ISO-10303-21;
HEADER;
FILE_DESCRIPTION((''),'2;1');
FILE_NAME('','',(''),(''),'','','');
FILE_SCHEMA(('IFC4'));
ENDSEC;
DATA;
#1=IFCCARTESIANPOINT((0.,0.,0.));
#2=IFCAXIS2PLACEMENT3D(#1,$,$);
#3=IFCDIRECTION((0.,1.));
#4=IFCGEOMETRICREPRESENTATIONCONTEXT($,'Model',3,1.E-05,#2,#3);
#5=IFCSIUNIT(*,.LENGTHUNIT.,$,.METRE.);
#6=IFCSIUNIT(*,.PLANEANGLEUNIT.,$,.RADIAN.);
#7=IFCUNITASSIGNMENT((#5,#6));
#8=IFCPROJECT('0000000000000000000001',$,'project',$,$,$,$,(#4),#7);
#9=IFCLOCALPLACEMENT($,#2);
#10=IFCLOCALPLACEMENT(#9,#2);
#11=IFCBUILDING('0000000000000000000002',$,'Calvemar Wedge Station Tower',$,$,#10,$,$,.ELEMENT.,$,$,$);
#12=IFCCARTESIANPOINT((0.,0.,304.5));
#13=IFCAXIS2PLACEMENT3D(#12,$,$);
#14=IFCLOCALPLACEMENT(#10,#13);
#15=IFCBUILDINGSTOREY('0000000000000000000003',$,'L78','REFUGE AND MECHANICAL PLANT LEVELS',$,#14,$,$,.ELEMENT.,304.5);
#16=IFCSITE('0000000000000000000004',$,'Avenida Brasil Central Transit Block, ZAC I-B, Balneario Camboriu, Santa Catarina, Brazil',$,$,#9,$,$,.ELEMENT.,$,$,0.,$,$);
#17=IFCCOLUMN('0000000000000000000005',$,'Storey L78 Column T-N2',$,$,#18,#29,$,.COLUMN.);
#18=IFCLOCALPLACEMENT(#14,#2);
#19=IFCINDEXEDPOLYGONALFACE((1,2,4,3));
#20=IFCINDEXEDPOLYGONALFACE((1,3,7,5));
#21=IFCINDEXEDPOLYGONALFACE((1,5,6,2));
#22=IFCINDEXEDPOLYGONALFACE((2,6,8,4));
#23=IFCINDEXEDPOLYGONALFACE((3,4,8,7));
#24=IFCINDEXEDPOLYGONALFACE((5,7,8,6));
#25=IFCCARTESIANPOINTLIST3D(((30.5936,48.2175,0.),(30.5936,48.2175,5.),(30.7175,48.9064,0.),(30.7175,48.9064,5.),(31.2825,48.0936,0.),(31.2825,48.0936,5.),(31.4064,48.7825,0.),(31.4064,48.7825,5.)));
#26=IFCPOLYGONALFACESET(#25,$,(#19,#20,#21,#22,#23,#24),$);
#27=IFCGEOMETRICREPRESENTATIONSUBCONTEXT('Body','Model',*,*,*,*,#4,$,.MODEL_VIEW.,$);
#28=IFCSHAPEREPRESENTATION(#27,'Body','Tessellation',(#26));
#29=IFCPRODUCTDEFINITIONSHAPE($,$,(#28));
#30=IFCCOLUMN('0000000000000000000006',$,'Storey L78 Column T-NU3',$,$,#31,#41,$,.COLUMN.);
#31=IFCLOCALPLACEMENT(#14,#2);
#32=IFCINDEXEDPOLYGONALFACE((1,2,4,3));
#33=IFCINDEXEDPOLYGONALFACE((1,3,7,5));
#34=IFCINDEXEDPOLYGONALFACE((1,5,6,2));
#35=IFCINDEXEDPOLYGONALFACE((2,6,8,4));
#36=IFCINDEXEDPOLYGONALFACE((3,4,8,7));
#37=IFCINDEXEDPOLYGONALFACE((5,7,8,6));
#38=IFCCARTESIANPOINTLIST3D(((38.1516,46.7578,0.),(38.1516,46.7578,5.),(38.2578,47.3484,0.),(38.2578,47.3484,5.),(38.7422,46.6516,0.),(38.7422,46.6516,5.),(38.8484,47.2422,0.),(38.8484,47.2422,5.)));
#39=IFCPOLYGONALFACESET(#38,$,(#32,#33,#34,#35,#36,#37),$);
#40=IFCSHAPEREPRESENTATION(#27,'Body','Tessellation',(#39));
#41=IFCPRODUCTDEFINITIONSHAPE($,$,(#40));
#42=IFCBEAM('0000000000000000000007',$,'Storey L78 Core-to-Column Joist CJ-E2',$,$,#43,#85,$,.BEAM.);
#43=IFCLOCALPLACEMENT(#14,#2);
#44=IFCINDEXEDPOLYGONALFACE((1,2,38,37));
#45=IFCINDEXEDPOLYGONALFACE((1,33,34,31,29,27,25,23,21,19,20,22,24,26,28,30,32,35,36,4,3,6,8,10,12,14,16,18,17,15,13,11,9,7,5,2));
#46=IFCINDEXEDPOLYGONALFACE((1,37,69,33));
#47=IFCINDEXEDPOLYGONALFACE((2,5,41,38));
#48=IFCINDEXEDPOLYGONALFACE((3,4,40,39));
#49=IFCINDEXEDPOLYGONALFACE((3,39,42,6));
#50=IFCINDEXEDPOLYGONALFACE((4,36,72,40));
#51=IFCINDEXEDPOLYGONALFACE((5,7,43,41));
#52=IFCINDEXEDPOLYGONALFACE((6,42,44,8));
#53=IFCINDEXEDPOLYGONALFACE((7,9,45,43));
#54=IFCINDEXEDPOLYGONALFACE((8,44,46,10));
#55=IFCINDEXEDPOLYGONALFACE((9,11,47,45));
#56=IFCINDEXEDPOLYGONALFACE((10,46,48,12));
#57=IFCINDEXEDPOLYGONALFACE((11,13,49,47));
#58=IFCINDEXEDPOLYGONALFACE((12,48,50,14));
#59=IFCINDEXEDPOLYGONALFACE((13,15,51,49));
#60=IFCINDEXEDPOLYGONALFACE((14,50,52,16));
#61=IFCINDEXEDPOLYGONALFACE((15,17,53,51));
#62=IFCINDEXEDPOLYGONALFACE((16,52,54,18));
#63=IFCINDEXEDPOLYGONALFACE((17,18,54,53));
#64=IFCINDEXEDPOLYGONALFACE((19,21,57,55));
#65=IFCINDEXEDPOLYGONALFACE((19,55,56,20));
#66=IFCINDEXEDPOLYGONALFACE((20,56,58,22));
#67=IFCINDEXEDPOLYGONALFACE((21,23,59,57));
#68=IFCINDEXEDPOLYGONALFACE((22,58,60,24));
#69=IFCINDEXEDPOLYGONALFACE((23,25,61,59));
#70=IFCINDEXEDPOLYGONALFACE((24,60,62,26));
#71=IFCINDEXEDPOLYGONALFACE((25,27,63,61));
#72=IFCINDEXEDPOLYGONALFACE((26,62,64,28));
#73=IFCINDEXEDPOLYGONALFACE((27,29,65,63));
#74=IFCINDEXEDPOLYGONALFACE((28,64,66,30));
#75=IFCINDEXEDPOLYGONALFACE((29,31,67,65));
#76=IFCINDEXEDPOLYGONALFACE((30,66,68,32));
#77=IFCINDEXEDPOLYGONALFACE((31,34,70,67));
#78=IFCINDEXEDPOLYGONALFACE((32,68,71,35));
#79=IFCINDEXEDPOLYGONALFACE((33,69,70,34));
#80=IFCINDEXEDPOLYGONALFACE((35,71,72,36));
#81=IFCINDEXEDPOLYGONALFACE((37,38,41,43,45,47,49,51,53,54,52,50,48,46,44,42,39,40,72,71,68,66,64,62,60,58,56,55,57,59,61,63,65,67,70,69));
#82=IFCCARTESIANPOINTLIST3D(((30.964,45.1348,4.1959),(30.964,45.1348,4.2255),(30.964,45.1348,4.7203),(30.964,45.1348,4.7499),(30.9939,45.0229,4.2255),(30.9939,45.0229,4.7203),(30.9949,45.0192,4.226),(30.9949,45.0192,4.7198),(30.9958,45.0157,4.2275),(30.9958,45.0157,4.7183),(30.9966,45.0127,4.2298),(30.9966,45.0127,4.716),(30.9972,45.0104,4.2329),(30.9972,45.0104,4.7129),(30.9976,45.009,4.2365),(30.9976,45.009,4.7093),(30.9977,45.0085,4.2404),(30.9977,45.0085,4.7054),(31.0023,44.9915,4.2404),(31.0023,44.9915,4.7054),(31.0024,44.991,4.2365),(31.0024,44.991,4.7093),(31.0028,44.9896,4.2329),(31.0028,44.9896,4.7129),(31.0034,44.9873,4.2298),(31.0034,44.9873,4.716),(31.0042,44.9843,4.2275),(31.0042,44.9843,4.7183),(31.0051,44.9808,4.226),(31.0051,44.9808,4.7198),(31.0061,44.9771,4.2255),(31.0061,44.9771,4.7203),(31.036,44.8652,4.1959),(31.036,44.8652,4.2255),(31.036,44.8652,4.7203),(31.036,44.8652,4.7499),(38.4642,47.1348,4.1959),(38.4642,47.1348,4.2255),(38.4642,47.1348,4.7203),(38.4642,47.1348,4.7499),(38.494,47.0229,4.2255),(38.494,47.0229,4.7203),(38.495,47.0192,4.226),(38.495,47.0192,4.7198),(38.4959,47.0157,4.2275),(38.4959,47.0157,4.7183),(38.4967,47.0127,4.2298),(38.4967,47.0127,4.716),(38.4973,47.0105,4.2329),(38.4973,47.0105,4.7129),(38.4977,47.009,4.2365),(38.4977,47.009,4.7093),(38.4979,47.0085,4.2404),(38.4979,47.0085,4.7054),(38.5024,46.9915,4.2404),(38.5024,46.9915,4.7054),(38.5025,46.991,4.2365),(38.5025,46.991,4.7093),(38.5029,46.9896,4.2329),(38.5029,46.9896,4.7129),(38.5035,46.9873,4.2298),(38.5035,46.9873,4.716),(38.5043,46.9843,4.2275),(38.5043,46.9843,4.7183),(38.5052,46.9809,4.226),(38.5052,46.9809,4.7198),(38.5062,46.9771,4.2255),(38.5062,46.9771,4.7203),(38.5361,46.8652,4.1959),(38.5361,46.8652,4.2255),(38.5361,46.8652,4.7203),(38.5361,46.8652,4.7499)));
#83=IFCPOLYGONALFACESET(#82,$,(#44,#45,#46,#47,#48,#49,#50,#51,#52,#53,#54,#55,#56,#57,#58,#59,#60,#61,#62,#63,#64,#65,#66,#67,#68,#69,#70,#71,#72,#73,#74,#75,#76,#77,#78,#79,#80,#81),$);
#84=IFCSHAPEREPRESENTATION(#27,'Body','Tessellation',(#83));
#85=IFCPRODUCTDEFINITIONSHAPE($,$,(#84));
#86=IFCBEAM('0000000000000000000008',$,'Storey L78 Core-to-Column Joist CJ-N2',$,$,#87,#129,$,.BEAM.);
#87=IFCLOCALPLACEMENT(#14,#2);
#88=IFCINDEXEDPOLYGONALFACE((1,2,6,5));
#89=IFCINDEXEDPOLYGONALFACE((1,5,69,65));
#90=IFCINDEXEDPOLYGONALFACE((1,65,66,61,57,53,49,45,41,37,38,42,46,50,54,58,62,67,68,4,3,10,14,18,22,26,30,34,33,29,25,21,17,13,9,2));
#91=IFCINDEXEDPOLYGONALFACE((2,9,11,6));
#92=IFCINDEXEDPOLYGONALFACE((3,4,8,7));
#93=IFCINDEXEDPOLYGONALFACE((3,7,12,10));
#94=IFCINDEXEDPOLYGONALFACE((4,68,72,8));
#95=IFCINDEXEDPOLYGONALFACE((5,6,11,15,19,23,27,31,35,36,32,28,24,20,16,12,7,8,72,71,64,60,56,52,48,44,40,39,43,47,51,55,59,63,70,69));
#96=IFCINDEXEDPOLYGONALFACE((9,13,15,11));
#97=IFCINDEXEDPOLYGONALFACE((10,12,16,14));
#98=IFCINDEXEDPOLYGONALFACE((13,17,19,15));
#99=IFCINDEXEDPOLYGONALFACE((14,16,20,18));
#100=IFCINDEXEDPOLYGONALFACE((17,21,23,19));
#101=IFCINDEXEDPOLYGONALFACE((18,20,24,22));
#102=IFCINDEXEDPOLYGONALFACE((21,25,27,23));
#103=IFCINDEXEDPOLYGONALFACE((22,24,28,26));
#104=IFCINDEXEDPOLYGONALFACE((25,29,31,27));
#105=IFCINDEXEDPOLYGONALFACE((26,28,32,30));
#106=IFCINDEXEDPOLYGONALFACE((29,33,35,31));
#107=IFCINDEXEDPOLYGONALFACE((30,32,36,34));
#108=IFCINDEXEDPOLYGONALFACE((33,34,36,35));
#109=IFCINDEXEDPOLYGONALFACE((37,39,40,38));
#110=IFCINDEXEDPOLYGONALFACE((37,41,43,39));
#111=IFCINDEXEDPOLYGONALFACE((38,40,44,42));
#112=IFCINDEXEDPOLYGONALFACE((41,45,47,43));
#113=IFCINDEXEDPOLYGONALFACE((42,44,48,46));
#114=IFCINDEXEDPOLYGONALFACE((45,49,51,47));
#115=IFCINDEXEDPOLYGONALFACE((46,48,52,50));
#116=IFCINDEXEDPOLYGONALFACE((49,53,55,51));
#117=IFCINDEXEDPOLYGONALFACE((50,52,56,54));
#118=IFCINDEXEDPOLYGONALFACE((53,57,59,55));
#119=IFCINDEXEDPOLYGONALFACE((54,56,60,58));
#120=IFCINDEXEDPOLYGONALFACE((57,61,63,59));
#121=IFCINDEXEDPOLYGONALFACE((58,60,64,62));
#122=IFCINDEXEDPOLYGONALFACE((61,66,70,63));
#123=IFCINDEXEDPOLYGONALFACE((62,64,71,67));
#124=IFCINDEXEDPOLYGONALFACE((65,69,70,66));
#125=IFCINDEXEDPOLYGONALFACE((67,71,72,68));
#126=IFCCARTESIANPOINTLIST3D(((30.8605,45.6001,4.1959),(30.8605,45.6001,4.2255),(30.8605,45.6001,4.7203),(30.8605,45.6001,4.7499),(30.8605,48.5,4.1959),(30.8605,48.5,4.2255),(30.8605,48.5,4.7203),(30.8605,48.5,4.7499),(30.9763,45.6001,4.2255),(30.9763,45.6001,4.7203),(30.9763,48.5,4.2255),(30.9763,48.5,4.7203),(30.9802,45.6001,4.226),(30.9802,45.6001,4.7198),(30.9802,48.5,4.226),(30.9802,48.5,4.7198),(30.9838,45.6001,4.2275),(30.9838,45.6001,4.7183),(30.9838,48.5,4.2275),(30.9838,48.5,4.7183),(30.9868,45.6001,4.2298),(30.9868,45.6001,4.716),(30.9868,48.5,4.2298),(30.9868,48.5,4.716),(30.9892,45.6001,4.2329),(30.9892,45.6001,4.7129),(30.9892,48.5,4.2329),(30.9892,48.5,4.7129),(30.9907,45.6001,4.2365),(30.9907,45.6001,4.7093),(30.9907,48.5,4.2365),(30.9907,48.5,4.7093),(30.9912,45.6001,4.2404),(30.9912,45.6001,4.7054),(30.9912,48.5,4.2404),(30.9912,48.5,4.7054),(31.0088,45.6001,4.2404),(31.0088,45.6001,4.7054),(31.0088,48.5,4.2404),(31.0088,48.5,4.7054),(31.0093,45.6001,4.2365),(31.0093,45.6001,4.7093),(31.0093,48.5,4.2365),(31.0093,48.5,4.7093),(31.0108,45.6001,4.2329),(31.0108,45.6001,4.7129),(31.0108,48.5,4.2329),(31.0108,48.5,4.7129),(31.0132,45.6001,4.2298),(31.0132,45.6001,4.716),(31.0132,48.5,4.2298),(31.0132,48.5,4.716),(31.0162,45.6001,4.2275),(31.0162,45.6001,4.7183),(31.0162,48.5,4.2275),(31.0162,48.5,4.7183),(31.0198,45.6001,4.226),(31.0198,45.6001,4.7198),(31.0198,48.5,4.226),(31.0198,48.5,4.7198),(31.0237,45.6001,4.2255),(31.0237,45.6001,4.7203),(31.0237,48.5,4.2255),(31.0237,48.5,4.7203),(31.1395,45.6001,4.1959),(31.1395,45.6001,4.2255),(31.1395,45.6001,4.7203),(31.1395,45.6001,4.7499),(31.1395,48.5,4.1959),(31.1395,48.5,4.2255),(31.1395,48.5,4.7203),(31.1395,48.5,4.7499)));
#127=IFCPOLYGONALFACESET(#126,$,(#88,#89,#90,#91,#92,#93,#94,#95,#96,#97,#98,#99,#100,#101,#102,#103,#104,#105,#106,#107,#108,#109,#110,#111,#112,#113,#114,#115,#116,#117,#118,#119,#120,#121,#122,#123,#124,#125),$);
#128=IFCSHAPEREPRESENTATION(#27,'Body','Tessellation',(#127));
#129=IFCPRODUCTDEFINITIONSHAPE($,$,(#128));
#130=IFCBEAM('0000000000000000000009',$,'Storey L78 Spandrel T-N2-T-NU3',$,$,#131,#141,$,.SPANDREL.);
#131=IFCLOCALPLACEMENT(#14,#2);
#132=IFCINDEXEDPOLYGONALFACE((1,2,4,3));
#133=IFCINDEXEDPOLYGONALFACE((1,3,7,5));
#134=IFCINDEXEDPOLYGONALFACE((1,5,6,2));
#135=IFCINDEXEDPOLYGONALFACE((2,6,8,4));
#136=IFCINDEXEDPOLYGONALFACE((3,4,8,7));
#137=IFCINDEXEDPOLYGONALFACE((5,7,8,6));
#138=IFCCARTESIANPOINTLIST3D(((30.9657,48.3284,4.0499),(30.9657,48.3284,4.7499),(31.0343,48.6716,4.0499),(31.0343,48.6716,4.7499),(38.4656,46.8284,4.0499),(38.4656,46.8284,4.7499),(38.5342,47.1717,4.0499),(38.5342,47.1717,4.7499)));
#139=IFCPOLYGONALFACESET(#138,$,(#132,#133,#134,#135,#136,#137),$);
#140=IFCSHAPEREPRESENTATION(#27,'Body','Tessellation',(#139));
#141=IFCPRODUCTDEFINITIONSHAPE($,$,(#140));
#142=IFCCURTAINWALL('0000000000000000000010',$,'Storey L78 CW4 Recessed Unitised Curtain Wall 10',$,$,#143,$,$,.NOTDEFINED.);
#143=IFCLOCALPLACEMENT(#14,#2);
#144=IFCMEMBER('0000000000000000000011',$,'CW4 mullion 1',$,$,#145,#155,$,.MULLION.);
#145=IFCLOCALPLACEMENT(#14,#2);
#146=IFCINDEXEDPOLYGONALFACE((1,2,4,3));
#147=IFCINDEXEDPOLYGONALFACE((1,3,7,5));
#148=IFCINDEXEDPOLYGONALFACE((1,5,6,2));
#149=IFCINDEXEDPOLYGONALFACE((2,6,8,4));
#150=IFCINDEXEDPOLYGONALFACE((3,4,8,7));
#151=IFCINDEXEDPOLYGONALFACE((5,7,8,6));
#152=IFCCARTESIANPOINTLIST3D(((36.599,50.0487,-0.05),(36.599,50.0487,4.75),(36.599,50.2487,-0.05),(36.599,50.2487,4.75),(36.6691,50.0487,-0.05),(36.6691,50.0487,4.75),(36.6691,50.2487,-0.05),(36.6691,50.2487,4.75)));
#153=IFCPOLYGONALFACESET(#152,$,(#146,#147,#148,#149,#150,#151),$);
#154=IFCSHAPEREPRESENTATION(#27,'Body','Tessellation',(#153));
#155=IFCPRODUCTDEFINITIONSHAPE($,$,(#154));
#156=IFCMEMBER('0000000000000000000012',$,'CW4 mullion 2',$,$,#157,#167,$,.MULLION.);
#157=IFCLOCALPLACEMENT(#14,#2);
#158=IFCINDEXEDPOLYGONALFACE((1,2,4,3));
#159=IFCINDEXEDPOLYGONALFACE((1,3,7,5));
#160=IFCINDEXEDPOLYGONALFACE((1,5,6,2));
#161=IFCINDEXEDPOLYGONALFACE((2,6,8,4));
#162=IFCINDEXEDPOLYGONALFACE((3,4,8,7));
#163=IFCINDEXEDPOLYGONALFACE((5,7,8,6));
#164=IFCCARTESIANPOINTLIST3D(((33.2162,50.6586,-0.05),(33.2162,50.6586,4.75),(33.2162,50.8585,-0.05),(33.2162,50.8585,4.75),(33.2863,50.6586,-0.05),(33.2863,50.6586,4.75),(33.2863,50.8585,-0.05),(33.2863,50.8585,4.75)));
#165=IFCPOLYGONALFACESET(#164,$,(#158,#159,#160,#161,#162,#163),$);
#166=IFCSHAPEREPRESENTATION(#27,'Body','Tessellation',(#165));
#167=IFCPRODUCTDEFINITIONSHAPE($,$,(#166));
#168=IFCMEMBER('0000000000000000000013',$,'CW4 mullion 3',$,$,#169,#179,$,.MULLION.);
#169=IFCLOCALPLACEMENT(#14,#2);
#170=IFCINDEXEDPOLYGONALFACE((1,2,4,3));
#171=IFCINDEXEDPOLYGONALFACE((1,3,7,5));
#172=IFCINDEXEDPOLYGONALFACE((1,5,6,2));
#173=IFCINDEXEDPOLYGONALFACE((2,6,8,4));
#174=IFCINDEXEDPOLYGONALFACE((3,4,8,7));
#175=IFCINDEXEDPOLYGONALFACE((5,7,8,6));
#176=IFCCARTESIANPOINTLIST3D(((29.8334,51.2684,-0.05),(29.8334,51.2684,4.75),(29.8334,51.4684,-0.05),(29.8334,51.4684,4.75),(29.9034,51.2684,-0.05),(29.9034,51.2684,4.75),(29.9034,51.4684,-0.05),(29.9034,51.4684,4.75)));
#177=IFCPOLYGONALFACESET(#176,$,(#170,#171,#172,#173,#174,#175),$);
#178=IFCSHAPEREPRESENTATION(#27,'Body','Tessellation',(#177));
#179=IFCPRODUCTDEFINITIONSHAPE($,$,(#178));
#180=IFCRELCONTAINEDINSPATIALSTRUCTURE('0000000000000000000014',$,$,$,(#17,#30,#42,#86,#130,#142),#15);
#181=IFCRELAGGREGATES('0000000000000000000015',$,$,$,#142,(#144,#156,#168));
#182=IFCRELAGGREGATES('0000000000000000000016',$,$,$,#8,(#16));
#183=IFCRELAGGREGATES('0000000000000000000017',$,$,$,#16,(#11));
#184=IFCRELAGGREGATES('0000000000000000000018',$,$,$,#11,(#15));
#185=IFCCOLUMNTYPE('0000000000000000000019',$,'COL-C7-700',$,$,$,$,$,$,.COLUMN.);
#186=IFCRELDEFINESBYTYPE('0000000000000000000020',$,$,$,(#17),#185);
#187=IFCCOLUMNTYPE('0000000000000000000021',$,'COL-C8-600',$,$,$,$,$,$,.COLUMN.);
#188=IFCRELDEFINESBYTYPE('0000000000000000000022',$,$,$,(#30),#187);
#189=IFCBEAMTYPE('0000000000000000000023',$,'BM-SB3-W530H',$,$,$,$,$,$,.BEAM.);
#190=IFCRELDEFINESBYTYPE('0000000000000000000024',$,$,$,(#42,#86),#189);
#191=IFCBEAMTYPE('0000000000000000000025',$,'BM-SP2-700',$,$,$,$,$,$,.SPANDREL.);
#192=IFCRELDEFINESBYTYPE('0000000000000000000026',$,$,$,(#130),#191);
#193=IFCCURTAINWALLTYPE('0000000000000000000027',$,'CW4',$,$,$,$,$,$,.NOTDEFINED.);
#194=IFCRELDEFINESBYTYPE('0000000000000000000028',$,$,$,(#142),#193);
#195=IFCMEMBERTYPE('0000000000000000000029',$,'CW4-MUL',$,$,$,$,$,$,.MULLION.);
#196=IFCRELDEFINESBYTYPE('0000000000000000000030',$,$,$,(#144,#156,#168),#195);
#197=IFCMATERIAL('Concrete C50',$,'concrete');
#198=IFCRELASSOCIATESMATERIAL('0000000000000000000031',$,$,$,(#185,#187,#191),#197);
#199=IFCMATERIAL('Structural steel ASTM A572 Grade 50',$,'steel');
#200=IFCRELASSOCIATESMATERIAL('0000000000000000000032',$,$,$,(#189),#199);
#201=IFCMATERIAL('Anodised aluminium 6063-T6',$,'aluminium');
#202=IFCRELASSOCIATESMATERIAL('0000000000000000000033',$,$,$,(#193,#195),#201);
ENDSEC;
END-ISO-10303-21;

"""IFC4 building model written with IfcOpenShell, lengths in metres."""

from ifc_helpers import new_model, si_unit, direction, frame, origin, origin_2d, place, context, subcontext, project, spatial, rectangle, i_section, extrude, source, transform, mapped, material, material_profile, profile_set, type_object, element, aggregate, save


model = new_model("IFC4")

# Units and contexts
model_context = context("Model", 3, precision=1e-05, world=origin(), true_north=direction((0.0, 1.0)))
body_context = subcontext(model_context, "Body", "Model", "MODEL_VIEW")
ifc_project = project(units=[si_unit("LENGTHUNIT", "METRE"), si_unit("PLANEANGLEUNIT", "RADIAN")], contexts=[model_context])

# Site, building, storey
site_placement = place(None, origin())
site = spatial("IfcSite", under=ifc_project, at=site_placement, Name="Avenida Brasil Central Transit Block, ZAC I-B, Balneario Camboriu, Santa Catarina, Brazil", CompositionType="ELEMENT", RefElevation=0.0)
building_placement = place(site_placement, origin())
building = spatial("IfcBuilding", under=site, at=building_placement, Name="Calvemar Wedge Station Tower", CompositionType="ELEMENT")
storey_placement = place(building_placement, frame((0.0, 0.0, 304.5)))
storey = spatial("IfcBuildingStorey", under=building, at=storey_placement, Name="L78", Description="REFUGE AND MECHANICAL PLANT LEVELS", CompositionType="ELEMENT", Elevation=304.5)

# Columns
ifc_material_1 = material(Name="Concrete C50", Category="concrete")
ifc_material_profile_1 = material_profile(ifc_material_1, rectangle(XDim=0.7, YDim=0.7, at=origin_2d()), Name="RC700x700")
ifc_profile_set_1 = profile_set([ifc_material_profile_1], Name="Concrete C50")
column_type_1 = type_object("IfcColumnType", Name="COL-C7-700", PredefinedType="COLUMN", material=ifc_profile_set_1)
shared_shape_1 = source(origin(), body_context, "Body", "SweptSolid", [
    extrude(rectangle(XDim=0.7, YDim=0.7, at=origin_2d()), origin(), (0.0, 0.0, 1.0), 5.0),
])
column_1_placement = place(storey_placement, frame((31.0, 48.5, 0.0), z_axis=(0.0, 0.0, 1.0), x_axis=(0.984196, -0.177085, 0.0)))
element("IfcColumn", 1, at=column_1_placement, inside=storey, type_object=column_type_1, Name="Storey L78 Column T-N2", PredefinedType="COLUMN", context=body_context, shape_type="MappedRepresentation", body=[
    mapped(shared_shape_1, transform((0.0, 0.0, 0.0), scale=1.0)),
])
ifc_material_profile_2 = material_profile(ifc_material_1, rectangle(XDim=0.6001, YDim=0.6001, at=origin_2d()), Name="RC600x600")
ifc_profile_set_2 = profile_set([ifc_material_profile_2], Name="Concrete C50")
column_type_2 = type_object("IfcColumnType", Name="COL-C8-600", PredefinedType="COLUMN", material=ifc_profile_set_2)
shared_shape_2 = source(origin(), body_context, "Body", "SweptSolid", [
    extrude(rectangle(XDim=0.6001, YDim=0.6001, at=origin_2d()), origin(), (0.0, 0.0, 1.0), 5.0),
])
column_2_placement = place(storey_placement, frame((38.5, 47.0, 0.0), z_axis=(0.0, 0.0, 1.0), x_axis=(0.984196, -0.177085, 0.0)))
element("IfcColumn", 2, at=column_2_placement, inside=storey, type_object=column_type_2, Name="Storey L78 Column T-NU3", PredefinedType="COLUMN", context=body_context, shape_type="MappedRepresentation", body=[
    mapped(shared_shape_2, transform((0.0, 0.0, 0.0), scale=1.0)),
])

# Beams
ifc_material_2 = material(Name="Structural steel ASTM A572 Grade 50", Category="steel")
ifc_material_profile_3 = material_profile(ifc_material_2, i_section(OverallWidth=0.2791, OverallDepth=0.554, WebThickness=0.0176, FlangeThickness=0.0295, FilletRadius=0.0149, at=origin_2d()), Name="W530x196")
ifc_profile_set_3 = profile_set([ifc_material_profile_3], Name="Structural steel ASTM A572 Grade 50")
beam_type_1 = type_object("IfcBeamType", Name="BM-SB3-W530H", PredefinedType="BEAM", material=ifc_profile_set_3)
shared_shape_3 = source(origin(), body_context, "Body", "SweptSolid", [
    extrude(i_section(OverallWidth=0.2791, OverallDepth=0.554, WebThickness=0.0176, FlangeThickness=0.0295, FilletRadius=0.0149, at=origin_2d()), origin(), (0.0, 0.0, 1.0), 7.7622),
])
beam_1_placement = place(storey_placement, frame((31.0, 45.0, 4.4729), z_axis=(0.966235, 0.257663, 0.0), x_axis=(-0.257663, 0.966235, 0.0)))
element("IfcBeam", 3, at=beam_1_placement, inside=storey, type_object=beam_type_1, Name="Storey L78 Core-to-Column Joist CJ-E2", PredefinedType="BEAM", context=body_context, shape_type="MappedRepresentation", body=[
    mapped(shared_shape_3, transform((0.0, 0.0, 0.0), scale=1.0)),
])
shared_shape_4 = source(origin(), body_context, "Body", "SweptSolid", [
    extrude(i_section(OverallWidth=0.2791, OverallDepth=0.554, WebThickness=0.0176, FlangeThickness=0.0295, FilletRadius=0.0149, at=origin_2d()), origin(), (0.0, 0.0, 1.0), 2.8999),
])
beam_2_placement = place(storey_placement, frame((31.0, 45.6001, 4.4729), z_axis=(0.0, 1.0, 0.0), x_axis=(-1.0, 0.0, 0.0)))
element("IfcBeam", 4, at=beam_2_placement, inside=storey, type_object=beam_type_1, Name="Storey L78 Core-to-Column Joist CJ-N2", PredefinedType="BEAM", context=body_context, shape_type="MappedRepresentation", body=[
    mapped(shared_shape_4, transform((0.0, 0.0, 0.0), scale=1.0)),
])
ifc_material_profile_4 = material_profile(ifc_material_1, rectangle(XDim=0.3501, YDim=0.7, at=origin_2d()), Name="RC350x700")
ifc_profile_set_4 = profile_set([ifc_material_profile_4], Name="Concrete C50")
beam_type_2 = type_object("IfcBeamType", Name="BM-SP2-700", PredefinedType="SPANDREL", material=ifc_profile_set_4)
shared_shape_5 = source(origin(), body_context, "Body", "SweptSolid", [
    extrude(rectangle(XDim=0.3501, YDim=0.7, at=origin_2d()), origin(), (0.0, 0.0, 1.0), 7.6484),
])
beam_3_placement = place(storey_placement, frame((31.0, 48.5, 4.3999), z_axis=(0.980581, -0.196116, 0.0), x_axis=(0.196116, 0.980581, 0.0)))
element("IfcBeam", 5, at=beam_3_placement, inside=storey, type_object=beam_type_2, Name="Storey L78 Spandrel T-N2-T-NU3", PredefinedType="SPANDREL", context=body_context, shape_type="MappedRepresentation", body=[
    mapped(shared_shape_5, transform((0.0, 0.0, 0.0), scale=1.0)),
])

# Curtain wall, members
ifc_material_3 = material(Name="Anodised aluminium 6063-T6", Category="aluminium")
curtain_wall_type = type_object("IfcCurtainWallType", Name="CW4", PredefinedType="NOTDEFINED", material=ifc_material_3)
curtain_wall_placement = place(storey_placement, origin())
curtain_wall = element("IfcCurtainWall", 6, at=curtain_wall_placement, inside=storey, type_object=curtain_wall_type, Name="Storey L78 CW4 Recessed Unitised Curtain Wall 10", PredefinedType="NOTDEFINED")
ifc_material_profile_5 = material_profile(ifc_material_3, rectangle(XDim=0.0701, YDim=0.2, at=origin_2d()), Name="AL-MUL-70x200")
ifc_profile_set_5 = profile_set([ifc_material_profile_5], Name="Anodised aluminium 6063-T6")
member_type_1 = type_object("IfcMemberType", Name="CW4-MUL", PredefinedType="MULLION", material=ifc_profile_set_5)
shared_shape_6 = source(origin(), body_context, "Body", "SweptSolid", [
    extrude(rectangle(XDim=0.0701, YDim=0.2, at=origin_2d()), origin(), (0.0, 0.0, 1.0), 4.8),
])
member_1_placement = place(storey_placement, frame((36.634, 50.1487, -0.05), z_axis=(0.0, 0.0, 1.0), x_axis=(1.0, 0.0, 0.0)))
member_1 = element("IfcMember", 7, at=member_1_placement, type_object=member_type_1, Name="CW4 mullion 1", PredefinedType="MULLION", context=body_context, shape_type="MappedRepresentation", body=[
    mapped(shared_shape_6, transform((0.0, 0.0, 0.0), scale=1.0)),
])
member_2_placement = place(storey_placement, frame((33.2512, 50.7585, -0.05), z_axis=(0.0, 0.0, 1.0), x_axis=(1.0, 0.0, 0.0)))
member_2 = element("IfcMember", 8, at=member_2_placement, type_object=member_type_1, Name="CW4 mullion 2", PredefinedType="MULLION", context=body_context, shape_type="MappedRepresentation", body=[
    mapped(shared_shape_6, transform((0.0, 0.0, 0.0), scale=1.0)),
])
member_3_placement = place(storey_placement, frame((29.8684, 51.3684, -0.05), z_axis=(0.0, 0.0, 1.0), x_axis=(1.0, 0.0, 0.0)))
member_3 = element("IfcMember", 9, at=member_3_placement, type_object=member_type_1, Name="CW4 mullion 3", PredefinedType="MULLION", context=body_context, shape_type="MappedRepresentation", body=[
    mapped(shared_shape_6, transform((0.0, 0.0, 0.0), scale=1.0)),
])
aggregate(curtain_wall, [member_1, member_2, member_3])

save(model, "model.ifc")
